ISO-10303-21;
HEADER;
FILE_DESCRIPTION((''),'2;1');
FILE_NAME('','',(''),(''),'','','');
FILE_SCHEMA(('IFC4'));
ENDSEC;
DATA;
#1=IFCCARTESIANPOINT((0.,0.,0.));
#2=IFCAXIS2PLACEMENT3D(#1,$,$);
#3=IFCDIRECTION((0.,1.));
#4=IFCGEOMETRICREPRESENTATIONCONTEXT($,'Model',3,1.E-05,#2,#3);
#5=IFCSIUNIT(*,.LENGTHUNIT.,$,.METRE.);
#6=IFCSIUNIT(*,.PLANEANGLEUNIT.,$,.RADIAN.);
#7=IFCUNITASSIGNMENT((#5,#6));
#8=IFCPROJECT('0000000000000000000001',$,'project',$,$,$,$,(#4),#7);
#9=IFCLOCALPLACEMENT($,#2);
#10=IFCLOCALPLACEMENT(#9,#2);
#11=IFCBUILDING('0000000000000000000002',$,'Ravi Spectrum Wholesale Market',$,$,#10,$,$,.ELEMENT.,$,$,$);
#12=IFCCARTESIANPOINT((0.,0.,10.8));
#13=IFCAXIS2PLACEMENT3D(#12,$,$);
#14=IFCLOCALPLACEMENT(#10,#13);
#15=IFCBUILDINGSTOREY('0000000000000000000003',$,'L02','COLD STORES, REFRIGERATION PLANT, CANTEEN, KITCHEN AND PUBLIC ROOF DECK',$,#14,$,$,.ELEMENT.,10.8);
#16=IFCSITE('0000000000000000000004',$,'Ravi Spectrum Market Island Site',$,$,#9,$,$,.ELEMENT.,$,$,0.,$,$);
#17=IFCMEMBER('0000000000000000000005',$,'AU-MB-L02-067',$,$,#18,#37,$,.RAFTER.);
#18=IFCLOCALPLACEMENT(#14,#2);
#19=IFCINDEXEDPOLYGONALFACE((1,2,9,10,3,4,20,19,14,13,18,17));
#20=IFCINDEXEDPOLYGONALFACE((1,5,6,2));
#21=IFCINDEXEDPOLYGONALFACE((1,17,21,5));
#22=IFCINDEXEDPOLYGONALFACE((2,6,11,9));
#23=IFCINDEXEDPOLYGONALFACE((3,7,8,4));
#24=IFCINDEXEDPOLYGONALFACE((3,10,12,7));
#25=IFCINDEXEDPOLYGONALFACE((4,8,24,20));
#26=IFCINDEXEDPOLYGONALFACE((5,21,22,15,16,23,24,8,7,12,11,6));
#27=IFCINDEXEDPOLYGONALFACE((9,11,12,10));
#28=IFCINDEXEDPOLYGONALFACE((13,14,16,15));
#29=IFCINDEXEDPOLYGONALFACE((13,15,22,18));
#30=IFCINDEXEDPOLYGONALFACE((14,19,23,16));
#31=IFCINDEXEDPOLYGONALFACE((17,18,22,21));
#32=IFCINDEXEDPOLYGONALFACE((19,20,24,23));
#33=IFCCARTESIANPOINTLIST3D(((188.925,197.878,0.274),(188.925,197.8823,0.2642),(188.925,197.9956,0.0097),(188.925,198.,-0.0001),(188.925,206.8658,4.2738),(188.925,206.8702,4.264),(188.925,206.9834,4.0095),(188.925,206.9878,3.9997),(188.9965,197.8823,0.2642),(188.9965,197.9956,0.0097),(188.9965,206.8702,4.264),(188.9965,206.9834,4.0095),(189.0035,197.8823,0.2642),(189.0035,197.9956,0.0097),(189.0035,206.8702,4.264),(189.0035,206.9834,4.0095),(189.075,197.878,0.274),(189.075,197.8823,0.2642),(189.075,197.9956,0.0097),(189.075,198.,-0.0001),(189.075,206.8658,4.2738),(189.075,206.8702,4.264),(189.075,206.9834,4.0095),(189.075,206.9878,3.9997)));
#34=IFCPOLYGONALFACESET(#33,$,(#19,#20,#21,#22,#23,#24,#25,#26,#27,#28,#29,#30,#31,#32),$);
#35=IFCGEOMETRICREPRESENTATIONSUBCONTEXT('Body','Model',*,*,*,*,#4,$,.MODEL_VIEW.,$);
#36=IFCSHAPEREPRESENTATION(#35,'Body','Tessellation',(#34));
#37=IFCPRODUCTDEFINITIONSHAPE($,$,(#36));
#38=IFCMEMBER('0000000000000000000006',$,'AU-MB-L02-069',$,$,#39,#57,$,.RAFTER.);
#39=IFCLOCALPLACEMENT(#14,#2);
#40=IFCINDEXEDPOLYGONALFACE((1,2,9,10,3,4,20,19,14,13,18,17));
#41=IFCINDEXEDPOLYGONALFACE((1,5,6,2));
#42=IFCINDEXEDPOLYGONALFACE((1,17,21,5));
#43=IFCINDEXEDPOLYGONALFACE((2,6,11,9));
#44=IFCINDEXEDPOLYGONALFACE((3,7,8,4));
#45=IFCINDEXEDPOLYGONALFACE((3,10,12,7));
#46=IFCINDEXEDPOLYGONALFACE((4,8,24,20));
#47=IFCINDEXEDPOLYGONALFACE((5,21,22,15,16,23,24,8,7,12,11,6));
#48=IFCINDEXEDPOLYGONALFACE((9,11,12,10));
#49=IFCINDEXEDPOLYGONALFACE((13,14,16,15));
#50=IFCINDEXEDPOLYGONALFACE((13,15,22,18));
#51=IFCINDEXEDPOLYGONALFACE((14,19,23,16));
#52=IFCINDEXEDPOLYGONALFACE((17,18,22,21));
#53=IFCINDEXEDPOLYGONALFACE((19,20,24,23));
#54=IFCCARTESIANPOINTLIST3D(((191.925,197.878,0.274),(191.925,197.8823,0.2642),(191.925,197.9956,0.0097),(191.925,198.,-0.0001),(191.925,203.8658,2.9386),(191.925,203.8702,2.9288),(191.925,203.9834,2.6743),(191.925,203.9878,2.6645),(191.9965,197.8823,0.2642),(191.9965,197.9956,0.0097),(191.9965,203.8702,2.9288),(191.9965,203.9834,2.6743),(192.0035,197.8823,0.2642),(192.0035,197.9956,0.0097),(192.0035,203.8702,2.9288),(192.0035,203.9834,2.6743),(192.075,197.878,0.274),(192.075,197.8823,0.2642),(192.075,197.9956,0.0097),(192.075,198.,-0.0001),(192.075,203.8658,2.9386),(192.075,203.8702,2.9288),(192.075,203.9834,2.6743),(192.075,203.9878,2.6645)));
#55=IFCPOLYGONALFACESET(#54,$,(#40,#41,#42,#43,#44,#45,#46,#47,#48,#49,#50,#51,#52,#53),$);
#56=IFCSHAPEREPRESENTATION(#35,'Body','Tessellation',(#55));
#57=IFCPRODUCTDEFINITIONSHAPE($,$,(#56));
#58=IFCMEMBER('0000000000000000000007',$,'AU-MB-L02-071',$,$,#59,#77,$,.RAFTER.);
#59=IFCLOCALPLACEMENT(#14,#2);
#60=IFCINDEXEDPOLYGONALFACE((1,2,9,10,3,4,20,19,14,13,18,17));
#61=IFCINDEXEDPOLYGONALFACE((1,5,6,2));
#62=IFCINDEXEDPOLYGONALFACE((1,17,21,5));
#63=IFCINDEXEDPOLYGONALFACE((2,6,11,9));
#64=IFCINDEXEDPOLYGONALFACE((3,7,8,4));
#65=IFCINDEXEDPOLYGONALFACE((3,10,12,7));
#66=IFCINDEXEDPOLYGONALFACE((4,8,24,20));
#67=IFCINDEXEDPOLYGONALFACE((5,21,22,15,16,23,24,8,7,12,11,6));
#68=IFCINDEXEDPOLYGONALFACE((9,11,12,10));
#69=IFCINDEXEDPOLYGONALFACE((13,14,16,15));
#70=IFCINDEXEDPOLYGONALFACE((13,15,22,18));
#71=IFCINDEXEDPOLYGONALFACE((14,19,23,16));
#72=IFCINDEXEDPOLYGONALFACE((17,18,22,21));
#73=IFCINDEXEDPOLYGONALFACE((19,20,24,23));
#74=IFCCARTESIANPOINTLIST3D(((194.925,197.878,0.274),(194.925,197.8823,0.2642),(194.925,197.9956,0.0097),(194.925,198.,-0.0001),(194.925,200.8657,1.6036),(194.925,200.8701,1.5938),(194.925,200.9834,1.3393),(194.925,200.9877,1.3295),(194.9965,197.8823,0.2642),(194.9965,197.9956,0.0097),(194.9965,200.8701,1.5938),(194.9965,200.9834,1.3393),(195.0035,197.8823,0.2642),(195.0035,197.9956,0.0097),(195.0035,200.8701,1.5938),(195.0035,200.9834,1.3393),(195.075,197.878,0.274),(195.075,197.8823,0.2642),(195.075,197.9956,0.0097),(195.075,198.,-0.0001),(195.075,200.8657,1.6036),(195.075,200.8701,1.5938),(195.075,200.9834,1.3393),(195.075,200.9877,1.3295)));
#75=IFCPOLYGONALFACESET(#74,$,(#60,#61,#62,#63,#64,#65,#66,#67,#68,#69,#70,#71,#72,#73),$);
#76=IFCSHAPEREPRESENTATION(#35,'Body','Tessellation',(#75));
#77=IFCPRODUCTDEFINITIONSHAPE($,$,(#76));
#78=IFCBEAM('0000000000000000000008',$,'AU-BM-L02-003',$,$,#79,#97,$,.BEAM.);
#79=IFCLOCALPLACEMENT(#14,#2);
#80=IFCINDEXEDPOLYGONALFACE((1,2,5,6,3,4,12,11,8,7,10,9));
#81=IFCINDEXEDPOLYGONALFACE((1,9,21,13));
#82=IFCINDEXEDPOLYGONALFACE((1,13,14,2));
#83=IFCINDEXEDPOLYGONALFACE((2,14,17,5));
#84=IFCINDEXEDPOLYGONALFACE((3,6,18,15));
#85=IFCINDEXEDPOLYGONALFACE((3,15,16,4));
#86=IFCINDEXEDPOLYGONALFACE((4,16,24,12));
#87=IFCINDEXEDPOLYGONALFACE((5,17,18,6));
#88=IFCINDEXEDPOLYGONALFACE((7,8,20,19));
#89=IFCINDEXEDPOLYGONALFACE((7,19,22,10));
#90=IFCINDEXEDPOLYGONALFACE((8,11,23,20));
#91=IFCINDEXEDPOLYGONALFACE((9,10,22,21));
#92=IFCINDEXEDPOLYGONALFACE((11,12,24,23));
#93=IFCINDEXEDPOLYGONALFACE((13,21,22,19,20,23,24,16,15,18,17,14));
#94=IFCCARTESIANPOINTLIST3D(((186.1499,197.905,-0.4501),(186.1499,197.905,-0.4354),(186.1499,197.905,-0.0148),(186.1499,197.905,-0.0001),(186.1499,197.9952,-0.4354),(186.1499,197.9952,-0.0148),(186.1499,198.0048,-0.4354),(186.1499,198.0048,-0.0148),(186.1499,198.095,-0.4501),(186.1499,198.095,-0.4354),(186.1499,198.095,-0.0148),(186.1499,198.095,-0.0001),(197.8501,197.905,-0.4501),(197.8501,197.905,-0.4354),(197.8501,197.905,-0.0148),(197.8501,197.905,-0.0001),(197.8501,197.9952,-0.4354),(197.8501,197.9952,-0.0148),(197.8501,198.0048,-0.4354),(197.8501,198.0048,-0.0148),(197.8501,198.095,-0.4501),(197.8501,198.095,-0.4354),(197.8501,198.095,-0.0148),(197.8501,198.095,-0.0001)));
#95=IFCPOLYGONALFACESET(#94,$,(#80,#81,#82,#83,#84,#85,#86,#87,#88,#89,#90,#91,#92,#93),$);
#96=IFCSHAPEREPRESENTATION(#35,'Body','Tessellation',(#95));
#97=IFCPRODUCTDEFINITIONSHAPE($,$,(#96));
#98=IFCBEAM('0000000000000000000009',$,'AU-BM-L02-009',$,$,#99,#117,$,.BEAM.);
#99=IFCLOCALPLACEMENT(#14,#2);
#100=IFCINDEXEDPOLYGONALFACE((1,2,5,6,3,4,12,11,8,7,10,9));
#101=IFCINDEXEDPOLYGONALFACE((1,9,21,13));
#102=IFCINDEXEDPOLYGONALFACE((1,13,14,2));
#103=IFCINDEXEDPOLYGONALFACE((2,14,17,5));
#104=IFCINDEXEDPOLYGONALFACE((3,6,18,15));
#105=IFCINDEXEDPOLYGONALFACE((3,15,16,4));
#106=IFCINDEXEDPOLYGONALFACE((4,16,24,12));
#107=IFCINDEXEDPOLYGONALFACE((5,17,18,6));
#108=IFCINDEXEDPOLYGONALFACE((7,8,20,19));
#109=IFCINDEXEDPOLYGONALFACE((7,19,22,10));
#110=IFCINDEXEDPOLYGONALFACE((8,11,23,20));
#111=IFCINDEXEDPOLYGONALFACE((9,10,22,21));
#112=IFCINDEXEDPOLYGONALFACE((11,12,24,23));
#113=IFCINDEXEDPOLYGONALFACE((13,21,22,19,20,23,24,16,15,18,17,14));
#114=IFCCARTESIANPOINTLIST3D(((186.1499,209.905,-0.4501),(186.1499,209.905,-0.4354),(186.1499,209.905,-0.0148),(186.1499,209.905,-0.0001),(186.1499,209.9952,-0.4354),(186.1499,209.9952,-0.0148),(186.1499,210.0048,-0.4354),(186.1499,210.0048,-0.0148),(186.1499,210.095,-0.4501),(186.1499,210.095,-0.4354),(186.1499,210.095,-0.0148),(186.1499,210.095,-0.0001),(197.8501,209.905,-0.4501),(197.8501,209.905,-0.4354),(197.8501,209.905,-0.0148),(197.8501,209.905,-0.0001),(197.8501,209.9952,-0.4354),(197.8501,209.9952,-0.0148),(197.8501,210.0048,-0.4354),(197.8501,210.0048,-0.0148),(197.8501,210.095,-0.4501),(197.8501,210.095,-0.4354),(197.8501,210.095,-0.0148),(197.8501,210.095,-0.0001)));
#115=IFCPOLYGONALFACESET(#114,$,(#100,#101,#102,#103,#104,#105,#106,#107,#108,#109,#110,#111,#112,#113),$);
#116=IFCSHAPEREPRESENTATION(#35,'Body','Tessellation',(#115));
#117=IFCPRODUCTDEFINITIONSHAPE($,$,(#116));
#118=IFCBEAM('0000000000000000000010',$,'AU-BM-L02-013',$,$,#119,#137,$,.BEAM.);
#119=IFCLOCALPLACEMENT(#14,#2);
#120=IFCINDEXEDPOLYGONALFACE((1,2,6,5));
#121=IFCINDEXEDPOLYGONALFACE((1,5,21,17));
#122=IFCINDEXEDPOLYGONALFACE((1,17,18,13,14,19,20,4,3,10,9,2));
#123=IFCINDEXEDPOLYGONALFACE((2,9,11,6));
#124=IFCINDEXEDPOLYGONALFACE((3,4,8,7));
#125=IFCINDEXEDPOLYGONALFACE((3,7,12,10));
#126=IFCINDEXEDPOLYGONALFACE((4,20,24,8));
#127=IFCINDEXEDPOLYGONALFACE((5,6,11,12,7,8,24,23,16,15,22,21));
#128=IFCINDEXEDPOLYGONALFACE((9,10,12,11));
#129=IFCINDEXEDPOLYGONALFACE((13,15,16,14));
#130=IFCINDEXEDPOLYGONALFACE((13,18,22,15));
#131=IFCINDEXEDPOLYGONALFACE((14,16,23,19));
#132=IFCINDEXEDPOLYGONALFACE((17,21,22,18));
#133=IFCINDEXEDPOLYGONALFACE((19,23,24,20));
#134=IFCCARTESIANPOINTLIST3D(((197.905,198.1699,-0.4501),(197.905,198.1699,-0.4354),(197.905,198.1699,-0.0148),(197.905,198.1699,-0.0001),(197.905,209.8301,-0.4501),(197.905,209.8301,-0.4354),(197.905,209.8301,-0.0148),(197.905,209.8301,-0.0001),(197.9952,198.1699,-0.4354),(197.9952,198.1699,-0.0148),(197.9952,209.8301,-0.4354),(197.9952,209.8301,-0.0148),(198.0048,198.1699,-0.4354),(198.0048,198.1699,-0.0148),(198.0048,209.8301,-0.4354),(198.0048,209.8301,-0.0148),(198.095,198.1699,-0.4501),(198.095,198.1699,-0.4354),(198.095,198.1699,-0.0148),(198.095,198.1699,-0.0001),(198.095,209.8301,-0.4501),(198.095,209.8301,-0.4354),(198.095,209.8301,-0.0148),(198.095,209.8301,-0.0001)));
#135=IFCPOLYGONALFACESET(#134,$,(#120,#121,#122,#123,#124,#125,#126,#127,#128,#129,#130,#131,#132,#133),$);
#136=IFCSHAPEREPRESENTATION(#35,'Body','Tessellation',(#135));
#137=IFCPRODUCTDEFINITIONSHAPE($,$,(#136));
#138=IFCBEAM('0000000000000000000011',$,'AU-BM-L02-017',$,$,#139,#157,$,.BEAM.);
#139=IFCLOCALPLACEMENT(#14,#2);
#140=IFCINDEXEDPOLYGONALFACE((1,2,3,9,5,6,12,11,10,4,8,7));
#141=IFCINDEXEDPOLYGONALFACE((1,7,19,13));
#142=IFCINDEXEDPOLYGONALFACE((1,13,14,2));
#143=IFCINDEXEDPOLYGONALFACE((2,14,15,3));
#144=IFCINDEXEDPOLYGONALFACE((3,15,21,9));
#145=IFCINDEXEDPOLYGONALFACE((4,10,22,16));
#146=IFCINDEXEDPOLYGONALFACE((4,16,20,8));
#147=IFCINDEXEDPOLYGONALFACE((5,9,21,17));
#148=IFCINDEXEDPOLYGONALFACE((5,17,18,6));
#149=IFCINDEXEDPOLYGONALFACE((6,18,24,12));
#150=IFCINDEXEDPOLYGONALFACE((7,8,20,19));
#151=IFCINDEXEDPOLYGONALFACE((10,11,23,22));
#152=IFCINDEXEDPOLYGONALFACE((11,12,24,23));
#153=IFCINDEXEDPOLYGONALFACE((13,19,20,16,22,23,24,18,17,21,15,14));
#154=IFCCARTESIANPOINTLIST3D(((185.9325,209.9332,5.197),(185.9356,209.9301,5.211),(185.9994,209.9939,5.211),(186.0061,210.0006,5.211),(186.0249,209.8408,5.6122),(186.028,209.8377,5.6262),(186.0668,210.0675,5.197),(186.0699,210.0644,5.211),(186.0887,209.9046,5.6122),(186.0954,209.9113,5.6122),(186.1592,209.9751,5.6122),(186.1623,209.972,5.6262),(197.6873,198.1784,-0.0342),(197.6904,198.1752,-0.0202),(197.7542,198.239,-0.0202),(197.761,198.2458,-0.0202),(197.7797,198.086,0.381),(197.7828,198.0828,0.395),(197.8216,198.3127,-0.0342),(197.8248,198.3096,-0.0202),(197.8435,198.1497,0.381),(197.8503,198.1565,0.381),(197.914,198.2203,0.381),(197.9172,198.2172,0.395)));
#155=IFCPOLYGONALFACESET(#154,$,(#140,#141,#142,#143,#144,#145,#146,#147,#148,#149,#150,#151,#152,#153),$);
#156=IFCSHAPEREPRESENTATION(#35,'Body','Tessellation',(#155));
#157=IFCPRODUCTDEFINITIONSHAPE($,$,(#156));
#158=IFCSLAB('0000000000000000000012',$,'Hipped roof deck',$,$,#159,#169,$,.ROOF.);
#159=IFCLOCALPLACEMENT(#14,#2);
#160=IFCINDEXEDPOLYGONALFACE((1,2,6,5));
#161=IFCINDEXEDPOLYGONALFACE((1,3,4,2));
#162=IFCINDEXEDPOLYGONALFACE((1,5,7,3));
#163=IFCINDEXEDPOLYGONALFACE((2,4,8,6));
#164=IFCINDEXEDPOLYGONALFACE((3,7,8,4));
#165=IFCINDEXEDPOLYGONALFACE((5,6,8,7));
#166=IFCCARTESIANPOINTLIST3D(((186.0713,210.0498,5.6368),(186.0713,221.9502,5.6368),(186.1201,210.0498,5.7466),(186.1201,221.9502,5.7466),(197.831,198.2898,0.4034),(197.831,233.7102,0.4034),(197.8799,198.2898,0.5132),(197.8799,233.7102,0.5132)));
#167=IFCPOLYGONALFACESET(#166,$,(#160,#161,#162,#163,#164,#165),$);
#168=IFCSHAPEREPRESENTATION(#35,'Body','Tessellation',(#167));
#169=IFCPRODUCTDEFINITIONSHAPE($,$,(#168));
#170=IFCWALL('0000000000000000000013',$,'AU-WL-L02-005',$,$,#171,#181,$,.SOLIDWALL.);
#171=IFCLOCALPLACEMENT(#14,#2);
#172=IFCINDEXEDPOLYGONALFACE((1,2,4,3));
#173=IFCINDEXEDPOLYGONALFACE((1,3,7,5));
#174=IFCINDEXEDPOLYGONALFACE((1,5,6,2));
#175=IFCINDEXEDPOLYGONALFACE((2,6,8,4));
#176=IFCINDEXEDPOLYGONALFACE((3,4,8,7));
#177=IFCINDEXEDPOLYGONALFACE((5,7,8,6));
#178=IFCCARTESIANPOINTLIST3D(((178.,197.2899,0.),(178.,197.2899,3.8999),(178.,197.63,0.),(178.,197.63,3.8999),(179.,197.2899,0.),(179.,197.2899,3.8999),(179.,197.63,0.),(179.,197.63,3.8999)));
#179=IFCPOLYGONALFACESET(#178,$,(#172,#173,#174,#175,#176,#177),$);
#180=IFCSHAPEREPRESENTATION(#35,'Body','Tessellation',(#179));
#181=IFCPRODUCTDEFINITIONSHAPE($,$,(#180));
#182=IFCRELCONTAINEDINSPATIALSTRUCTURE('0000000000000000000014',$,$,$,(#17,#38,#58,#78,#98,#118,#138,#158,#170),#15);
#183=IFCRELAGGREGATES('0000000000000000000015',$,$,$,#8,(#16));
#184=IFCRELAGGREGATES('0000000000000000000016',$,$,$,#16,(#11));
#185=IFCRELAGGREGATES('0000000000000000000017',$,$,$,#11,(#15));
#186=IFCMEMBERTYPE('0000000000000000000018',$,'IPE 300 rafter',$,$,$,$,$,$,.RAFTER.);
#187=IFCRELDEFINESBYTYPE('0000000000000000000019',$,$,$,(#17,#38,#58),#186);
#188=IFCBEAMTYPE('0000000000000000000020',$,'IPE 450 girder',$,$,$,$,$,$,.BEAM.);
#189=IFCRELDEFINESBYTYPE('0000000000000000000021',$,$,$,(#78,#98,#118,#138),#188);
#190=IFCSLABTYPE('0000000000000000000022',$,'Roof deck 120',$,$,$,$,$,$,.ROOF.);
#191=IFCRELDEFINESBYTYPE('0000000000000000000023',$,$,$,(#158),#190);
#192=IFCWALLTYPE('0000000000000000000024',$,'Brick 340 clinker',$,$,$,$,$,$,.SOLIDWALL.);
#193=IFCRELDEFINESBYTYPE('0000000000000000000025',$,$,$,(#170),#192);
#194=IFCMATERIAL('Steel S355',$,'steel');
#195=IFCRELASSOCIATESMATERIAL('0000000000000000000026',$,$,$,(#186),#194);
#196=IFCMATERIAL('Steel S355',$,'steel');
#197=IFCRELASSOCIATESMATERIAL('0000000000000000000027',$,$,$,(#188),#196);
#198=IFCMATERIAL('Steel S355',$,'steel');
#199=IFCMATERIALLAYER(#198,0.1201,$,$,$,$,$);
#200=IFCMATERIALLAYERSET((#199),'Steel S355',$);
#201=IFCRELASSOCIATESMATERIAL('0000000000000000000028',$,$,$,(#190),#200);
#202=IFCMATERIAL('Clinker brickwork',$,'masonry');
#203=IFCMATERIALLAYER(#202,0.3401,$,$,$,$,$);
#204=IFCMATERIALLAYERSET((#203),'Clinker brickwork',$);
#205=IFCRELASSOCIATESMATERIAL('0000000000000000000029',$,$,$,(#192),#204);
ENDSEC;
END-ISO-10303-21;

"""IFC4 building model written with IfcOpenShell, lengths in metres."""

from ifc_helpers import new_model, si_unit, direction, frame, frame_2d, origin, origin_2d, place, context, subcontext, project, spatial, polyline, rectangle, i_section, outline, extrude, material, layer, layer_set, material_profile, profile_set, type_object, element, save


model = new_model("IFC4")

# Units and contexts
model_context = context("Model", 3, precision=1e-05, world=origin(), true_north=direction((0.0, 1.0)))
body_context = subcontext(model_context, "Body", "Model", "MODEL_VIEW")
ifc_project = project(units=[si_unit("LENGTHUNIT", "METRE"), si_unit("PLANEANGLEUNIT", "RADIAN")], contexts=[model_context])

# Site, building, storey
site_placement = place(None, origin())
site = spatial("IfcSite", under=ifc_project, at=site_placement, Name="Ravi Spectrum Market Island Site", CompositionType="ELEMENT", RefElevation=0.0)
building_placement = place(site_placement, origin())
building = spatial("IfcBuilding", under=site, at=building_placement, Name="Ravi Spectrum Wholesale Market", CompositionType="ELEMENT")
storey_placement = place(building_placement, frame((0.0, 0.0, 10.8)))
storey = spatial("IfcBuildingStorey", under=building, at=storey_placement, Name="L02", Description="COLD STORES, REFRIGERATION PLANT, CANTEEN, KITCHEN AND PUBLIC ROOF DECK", CompositionType="ELEMENT", Elevation=10.8)

# Members
ifc_material_1 = material(Name="Steel S355", Category="steel")
ifc_material_profile_1 = material_profile(ifc_material_1, i_section(OverallWidth=0.1499, OverallDepth=0.3, WebThickness=0.0071, FlangeThickness=0.0107, at=origin_2d()))
ifc_profile_set_1 = profile_set([ifc_material_profile_1], Name="Steel S355")
member_type_1 = type_object("IfcMemberType", Name="IPE 300 rafter", PredefinedType="RAFTER", material=ifc_profile_set_1)
member_1_placement = place(storey_placement, frame((189.0, 197.939, 0.137), z_axis=(0.0, 0.913616, 0.406578), x_axis=(-1.0, 0.0, 0.0)))
element("IfcMember", 1, at=member_1_placement, inside=storey, type_object=member_type_1, Name="AU-MB-L02-067", PredefinedType="RAFTER", context=body_context, shape_type="SweptSolid", body=[
    extrude(i_section(OverallWidth=0.1499, OverallDepth=0.3, WebThickness=0.0071, FlangeThickness=0.0107, at=origin_2d()), origin(), (0.0, 0.0, 1.0), 9.8376),
])
member_2_placement = place(storey_placement, frame((192.0, 197.939, 0.137), z_axis=(0.0, 0.913624, 0.40656), x_axis=(-1.0, 0.0, 0.0)))
element("IfcMember", 2, at=member_2_placement, inside=storey, type_object=member_type_1, Name="AU-MB-L02-069", PredefinedType="RAFTER", context=body_context, shape_type="SweptSolid", body=[
    extrude(i_section(OverallWidth=0.1499, OverallDepth=0.3, WebThickness=0.0071, FlangeThickness=0.0107, at=origin_2d()), origin(), (0.0, 0.0, 1.0), 6.554),
])
member_3_placement = place(storey_placement, frame((195.0, 197.939, 0.137), z_axis=(0.0, 0.913621, 0.406568), x_axis=(-1.0, 0.0, 0.0)))
element("IfcMember", 3, at=member_3_placement, inside=storey, type_object=member_type_1, Name="AU-MB-L02-071", PredefinedType="RAFTER", context=body_context, shape_type="SweptSolid", body=[
    extrude(i_section(OverallWidth=0.1499, OverallDepth=0.3, WebThickness=0.0071, FlangeThickness=0.0107, at=origin_2d()), origin(), (0.0, 0.0, 1.0), 3.2703),
])

# Beams
ifc_material_2 = material(Name="Steel S355", Category="steel")
ifc_material_profile_2 = material_profile(ifc_material_2, i_section(OverallWidth=0.1899, OverallDepth=0.45, WebThickness=0.0095, FlangeThickness=0.0146, at=origin_2d()))
ifc_profile_set_2 = profile_set([ifc_material_profile_2], Name="Steel S355")
beam_type = type_object("IfcBeamType", Name="IPE 450 girder", PredefinedType="BEAM", material=ifc_profile_set_2)
for number, where, z_axis, x_axis, name in (
    (4, (186.1499, 198.0, -0.2251), (1.0, 0.0, 0.0), (0.0, 1.0, 0.0), "AU-BM-L02-003"),
    (5, (186.1499, 210.0, -0.2251), (1.0, 0.0, 0.0), (0.0, 1.0, 0.0), "AU-BM-L02-009"),
):
    element("IfcBeam", number, at=place(storey_placement, frame(where, z_axis=z_axis, x_axis=x_axis)), inside=storey, type_object=beam_type, Name=name, PredefinedType="BEAM", context=body_context, shape_type="SweptSolid", body=[
        extrude(i_section(OverallWidth=0.1899, OverallDepth=0.45, WebThickness=0.0095, FlangeThickness=0.0146, at=origin_2d()), origin(), (0.0, 0.0, 1.0), 11.7002),
    ])
beam_1_placement = place(storey_placement, frame((198.0, 198.1699, -0.2251), z_axis=(0.0, 1.0, 0.0), x_axis=(-1.0, 0.0, 0.0)))
element("IfcBeam", 6, at=beam_1_placement, inside=storey, type_object=beam_type, Name="AU-BM-L02-013", PredefinedType="BEAM", context=body_context, shape_type="SweptSolid", body=[
    extrude(i_section(OverallWidth=0.1899, OverallDepth=0.45, WebThickness=0.0095, FlangeThickness=0.0146, at=origin_2d()), origin(), (0.0, 0.0, 1.0), 11.6602),
])
beam_2_placement = place(storey_placement, frame((197.8022, 198.1978, 0.1804), z_axis=(-0.674499, 0.674499, 0.300168), x_axis=(-0.707107, -0.707107, 0.0)))
element("IfcBeam", 7, at=beam_2_placement, inside=storey, type_object=beam_type, Name="AU-BM-L02-017", PredefinedType="BEAM", context=body_context, shape_type="SweptSolid", body=[
    extrude(i_section(OverallWidth=0.1899, OverallDepth=0.45, WebThickness=0.0095, FlangeThickness=0.0146, at=origin_2d()), origin(), (0.0, 0.0, 1.0), 17.4275),
])

# Slab
ifc_material_3 = material(Name="Steel S355", Category="steel")
ifc_layer_1 = layer(ifc_material_3, 0.1201)
ifc_layer_set_1 = layer_set([ifc_layer_1], Name="Steel S355")
slab_type = type_object("IfcSlabType", Name="Roof deck 120", PredefinedType="ROOF", material=ifc_layer_set_1)
slab_placement = place(storey_placement, frame((197.8799, 198.2898, 0.5132), z_axis=(0.406582, 0.0, 0.913614), x_axis=(-0.674493, 0.674507, 0.300167)))
element("IfcSlab", 8, at=slab_placement, inside=storey, type_object=slab_type, Name="Hipped roof deck", PredefinedType="ROOF", context=body_context, shape_type="SweptSolid", body=[
    extrude(outline(polyline([(0.0, 0.0), (17.435, 0.0), (25.4619, -8.7857), (23.8913, -26.1498), (0.0, 0.0)])), origin(), (0.0, 0.0, -1.0), 0.1201),
])

# Wall
ifc_material_4 = material(Name="Clinker brickwork", Category="masonry")
ifc_layer_2 = layer(ifc_material_4, 0.3401)
ifc_layer_set_2 = layer_set([ifc_layer_2], Name="Clinker brickwork")
wall_type_1 = type_object("IfcWallType", Name="Brick 340 clinker", PredefinedType="SOLIDWALL", material=ifc_layer_set_2)
wall_1_placement = place(storey_placement, frame((178.0, 197.46, 0.0), z_axis=(0.0, 0.0, 1.0), x_axis=(1.0, 0.0, 0.0)))
element("IfcWall", 9, at=wall_1_placement, inside=storey, type_object=wall_type_1, Name="AU-WL-L02-005", PredefinedType="SOLIDWALL", context=body_context, shape_type="SweptSolid", body=[
    extrude(rectangle(XDim=1.0, YDim=0.3401, at=frame_2d((0.5, 0.0))), origin(), (0.0, 0.0, 1.0), 3.8999),
])

save(model, "model.ifc")
